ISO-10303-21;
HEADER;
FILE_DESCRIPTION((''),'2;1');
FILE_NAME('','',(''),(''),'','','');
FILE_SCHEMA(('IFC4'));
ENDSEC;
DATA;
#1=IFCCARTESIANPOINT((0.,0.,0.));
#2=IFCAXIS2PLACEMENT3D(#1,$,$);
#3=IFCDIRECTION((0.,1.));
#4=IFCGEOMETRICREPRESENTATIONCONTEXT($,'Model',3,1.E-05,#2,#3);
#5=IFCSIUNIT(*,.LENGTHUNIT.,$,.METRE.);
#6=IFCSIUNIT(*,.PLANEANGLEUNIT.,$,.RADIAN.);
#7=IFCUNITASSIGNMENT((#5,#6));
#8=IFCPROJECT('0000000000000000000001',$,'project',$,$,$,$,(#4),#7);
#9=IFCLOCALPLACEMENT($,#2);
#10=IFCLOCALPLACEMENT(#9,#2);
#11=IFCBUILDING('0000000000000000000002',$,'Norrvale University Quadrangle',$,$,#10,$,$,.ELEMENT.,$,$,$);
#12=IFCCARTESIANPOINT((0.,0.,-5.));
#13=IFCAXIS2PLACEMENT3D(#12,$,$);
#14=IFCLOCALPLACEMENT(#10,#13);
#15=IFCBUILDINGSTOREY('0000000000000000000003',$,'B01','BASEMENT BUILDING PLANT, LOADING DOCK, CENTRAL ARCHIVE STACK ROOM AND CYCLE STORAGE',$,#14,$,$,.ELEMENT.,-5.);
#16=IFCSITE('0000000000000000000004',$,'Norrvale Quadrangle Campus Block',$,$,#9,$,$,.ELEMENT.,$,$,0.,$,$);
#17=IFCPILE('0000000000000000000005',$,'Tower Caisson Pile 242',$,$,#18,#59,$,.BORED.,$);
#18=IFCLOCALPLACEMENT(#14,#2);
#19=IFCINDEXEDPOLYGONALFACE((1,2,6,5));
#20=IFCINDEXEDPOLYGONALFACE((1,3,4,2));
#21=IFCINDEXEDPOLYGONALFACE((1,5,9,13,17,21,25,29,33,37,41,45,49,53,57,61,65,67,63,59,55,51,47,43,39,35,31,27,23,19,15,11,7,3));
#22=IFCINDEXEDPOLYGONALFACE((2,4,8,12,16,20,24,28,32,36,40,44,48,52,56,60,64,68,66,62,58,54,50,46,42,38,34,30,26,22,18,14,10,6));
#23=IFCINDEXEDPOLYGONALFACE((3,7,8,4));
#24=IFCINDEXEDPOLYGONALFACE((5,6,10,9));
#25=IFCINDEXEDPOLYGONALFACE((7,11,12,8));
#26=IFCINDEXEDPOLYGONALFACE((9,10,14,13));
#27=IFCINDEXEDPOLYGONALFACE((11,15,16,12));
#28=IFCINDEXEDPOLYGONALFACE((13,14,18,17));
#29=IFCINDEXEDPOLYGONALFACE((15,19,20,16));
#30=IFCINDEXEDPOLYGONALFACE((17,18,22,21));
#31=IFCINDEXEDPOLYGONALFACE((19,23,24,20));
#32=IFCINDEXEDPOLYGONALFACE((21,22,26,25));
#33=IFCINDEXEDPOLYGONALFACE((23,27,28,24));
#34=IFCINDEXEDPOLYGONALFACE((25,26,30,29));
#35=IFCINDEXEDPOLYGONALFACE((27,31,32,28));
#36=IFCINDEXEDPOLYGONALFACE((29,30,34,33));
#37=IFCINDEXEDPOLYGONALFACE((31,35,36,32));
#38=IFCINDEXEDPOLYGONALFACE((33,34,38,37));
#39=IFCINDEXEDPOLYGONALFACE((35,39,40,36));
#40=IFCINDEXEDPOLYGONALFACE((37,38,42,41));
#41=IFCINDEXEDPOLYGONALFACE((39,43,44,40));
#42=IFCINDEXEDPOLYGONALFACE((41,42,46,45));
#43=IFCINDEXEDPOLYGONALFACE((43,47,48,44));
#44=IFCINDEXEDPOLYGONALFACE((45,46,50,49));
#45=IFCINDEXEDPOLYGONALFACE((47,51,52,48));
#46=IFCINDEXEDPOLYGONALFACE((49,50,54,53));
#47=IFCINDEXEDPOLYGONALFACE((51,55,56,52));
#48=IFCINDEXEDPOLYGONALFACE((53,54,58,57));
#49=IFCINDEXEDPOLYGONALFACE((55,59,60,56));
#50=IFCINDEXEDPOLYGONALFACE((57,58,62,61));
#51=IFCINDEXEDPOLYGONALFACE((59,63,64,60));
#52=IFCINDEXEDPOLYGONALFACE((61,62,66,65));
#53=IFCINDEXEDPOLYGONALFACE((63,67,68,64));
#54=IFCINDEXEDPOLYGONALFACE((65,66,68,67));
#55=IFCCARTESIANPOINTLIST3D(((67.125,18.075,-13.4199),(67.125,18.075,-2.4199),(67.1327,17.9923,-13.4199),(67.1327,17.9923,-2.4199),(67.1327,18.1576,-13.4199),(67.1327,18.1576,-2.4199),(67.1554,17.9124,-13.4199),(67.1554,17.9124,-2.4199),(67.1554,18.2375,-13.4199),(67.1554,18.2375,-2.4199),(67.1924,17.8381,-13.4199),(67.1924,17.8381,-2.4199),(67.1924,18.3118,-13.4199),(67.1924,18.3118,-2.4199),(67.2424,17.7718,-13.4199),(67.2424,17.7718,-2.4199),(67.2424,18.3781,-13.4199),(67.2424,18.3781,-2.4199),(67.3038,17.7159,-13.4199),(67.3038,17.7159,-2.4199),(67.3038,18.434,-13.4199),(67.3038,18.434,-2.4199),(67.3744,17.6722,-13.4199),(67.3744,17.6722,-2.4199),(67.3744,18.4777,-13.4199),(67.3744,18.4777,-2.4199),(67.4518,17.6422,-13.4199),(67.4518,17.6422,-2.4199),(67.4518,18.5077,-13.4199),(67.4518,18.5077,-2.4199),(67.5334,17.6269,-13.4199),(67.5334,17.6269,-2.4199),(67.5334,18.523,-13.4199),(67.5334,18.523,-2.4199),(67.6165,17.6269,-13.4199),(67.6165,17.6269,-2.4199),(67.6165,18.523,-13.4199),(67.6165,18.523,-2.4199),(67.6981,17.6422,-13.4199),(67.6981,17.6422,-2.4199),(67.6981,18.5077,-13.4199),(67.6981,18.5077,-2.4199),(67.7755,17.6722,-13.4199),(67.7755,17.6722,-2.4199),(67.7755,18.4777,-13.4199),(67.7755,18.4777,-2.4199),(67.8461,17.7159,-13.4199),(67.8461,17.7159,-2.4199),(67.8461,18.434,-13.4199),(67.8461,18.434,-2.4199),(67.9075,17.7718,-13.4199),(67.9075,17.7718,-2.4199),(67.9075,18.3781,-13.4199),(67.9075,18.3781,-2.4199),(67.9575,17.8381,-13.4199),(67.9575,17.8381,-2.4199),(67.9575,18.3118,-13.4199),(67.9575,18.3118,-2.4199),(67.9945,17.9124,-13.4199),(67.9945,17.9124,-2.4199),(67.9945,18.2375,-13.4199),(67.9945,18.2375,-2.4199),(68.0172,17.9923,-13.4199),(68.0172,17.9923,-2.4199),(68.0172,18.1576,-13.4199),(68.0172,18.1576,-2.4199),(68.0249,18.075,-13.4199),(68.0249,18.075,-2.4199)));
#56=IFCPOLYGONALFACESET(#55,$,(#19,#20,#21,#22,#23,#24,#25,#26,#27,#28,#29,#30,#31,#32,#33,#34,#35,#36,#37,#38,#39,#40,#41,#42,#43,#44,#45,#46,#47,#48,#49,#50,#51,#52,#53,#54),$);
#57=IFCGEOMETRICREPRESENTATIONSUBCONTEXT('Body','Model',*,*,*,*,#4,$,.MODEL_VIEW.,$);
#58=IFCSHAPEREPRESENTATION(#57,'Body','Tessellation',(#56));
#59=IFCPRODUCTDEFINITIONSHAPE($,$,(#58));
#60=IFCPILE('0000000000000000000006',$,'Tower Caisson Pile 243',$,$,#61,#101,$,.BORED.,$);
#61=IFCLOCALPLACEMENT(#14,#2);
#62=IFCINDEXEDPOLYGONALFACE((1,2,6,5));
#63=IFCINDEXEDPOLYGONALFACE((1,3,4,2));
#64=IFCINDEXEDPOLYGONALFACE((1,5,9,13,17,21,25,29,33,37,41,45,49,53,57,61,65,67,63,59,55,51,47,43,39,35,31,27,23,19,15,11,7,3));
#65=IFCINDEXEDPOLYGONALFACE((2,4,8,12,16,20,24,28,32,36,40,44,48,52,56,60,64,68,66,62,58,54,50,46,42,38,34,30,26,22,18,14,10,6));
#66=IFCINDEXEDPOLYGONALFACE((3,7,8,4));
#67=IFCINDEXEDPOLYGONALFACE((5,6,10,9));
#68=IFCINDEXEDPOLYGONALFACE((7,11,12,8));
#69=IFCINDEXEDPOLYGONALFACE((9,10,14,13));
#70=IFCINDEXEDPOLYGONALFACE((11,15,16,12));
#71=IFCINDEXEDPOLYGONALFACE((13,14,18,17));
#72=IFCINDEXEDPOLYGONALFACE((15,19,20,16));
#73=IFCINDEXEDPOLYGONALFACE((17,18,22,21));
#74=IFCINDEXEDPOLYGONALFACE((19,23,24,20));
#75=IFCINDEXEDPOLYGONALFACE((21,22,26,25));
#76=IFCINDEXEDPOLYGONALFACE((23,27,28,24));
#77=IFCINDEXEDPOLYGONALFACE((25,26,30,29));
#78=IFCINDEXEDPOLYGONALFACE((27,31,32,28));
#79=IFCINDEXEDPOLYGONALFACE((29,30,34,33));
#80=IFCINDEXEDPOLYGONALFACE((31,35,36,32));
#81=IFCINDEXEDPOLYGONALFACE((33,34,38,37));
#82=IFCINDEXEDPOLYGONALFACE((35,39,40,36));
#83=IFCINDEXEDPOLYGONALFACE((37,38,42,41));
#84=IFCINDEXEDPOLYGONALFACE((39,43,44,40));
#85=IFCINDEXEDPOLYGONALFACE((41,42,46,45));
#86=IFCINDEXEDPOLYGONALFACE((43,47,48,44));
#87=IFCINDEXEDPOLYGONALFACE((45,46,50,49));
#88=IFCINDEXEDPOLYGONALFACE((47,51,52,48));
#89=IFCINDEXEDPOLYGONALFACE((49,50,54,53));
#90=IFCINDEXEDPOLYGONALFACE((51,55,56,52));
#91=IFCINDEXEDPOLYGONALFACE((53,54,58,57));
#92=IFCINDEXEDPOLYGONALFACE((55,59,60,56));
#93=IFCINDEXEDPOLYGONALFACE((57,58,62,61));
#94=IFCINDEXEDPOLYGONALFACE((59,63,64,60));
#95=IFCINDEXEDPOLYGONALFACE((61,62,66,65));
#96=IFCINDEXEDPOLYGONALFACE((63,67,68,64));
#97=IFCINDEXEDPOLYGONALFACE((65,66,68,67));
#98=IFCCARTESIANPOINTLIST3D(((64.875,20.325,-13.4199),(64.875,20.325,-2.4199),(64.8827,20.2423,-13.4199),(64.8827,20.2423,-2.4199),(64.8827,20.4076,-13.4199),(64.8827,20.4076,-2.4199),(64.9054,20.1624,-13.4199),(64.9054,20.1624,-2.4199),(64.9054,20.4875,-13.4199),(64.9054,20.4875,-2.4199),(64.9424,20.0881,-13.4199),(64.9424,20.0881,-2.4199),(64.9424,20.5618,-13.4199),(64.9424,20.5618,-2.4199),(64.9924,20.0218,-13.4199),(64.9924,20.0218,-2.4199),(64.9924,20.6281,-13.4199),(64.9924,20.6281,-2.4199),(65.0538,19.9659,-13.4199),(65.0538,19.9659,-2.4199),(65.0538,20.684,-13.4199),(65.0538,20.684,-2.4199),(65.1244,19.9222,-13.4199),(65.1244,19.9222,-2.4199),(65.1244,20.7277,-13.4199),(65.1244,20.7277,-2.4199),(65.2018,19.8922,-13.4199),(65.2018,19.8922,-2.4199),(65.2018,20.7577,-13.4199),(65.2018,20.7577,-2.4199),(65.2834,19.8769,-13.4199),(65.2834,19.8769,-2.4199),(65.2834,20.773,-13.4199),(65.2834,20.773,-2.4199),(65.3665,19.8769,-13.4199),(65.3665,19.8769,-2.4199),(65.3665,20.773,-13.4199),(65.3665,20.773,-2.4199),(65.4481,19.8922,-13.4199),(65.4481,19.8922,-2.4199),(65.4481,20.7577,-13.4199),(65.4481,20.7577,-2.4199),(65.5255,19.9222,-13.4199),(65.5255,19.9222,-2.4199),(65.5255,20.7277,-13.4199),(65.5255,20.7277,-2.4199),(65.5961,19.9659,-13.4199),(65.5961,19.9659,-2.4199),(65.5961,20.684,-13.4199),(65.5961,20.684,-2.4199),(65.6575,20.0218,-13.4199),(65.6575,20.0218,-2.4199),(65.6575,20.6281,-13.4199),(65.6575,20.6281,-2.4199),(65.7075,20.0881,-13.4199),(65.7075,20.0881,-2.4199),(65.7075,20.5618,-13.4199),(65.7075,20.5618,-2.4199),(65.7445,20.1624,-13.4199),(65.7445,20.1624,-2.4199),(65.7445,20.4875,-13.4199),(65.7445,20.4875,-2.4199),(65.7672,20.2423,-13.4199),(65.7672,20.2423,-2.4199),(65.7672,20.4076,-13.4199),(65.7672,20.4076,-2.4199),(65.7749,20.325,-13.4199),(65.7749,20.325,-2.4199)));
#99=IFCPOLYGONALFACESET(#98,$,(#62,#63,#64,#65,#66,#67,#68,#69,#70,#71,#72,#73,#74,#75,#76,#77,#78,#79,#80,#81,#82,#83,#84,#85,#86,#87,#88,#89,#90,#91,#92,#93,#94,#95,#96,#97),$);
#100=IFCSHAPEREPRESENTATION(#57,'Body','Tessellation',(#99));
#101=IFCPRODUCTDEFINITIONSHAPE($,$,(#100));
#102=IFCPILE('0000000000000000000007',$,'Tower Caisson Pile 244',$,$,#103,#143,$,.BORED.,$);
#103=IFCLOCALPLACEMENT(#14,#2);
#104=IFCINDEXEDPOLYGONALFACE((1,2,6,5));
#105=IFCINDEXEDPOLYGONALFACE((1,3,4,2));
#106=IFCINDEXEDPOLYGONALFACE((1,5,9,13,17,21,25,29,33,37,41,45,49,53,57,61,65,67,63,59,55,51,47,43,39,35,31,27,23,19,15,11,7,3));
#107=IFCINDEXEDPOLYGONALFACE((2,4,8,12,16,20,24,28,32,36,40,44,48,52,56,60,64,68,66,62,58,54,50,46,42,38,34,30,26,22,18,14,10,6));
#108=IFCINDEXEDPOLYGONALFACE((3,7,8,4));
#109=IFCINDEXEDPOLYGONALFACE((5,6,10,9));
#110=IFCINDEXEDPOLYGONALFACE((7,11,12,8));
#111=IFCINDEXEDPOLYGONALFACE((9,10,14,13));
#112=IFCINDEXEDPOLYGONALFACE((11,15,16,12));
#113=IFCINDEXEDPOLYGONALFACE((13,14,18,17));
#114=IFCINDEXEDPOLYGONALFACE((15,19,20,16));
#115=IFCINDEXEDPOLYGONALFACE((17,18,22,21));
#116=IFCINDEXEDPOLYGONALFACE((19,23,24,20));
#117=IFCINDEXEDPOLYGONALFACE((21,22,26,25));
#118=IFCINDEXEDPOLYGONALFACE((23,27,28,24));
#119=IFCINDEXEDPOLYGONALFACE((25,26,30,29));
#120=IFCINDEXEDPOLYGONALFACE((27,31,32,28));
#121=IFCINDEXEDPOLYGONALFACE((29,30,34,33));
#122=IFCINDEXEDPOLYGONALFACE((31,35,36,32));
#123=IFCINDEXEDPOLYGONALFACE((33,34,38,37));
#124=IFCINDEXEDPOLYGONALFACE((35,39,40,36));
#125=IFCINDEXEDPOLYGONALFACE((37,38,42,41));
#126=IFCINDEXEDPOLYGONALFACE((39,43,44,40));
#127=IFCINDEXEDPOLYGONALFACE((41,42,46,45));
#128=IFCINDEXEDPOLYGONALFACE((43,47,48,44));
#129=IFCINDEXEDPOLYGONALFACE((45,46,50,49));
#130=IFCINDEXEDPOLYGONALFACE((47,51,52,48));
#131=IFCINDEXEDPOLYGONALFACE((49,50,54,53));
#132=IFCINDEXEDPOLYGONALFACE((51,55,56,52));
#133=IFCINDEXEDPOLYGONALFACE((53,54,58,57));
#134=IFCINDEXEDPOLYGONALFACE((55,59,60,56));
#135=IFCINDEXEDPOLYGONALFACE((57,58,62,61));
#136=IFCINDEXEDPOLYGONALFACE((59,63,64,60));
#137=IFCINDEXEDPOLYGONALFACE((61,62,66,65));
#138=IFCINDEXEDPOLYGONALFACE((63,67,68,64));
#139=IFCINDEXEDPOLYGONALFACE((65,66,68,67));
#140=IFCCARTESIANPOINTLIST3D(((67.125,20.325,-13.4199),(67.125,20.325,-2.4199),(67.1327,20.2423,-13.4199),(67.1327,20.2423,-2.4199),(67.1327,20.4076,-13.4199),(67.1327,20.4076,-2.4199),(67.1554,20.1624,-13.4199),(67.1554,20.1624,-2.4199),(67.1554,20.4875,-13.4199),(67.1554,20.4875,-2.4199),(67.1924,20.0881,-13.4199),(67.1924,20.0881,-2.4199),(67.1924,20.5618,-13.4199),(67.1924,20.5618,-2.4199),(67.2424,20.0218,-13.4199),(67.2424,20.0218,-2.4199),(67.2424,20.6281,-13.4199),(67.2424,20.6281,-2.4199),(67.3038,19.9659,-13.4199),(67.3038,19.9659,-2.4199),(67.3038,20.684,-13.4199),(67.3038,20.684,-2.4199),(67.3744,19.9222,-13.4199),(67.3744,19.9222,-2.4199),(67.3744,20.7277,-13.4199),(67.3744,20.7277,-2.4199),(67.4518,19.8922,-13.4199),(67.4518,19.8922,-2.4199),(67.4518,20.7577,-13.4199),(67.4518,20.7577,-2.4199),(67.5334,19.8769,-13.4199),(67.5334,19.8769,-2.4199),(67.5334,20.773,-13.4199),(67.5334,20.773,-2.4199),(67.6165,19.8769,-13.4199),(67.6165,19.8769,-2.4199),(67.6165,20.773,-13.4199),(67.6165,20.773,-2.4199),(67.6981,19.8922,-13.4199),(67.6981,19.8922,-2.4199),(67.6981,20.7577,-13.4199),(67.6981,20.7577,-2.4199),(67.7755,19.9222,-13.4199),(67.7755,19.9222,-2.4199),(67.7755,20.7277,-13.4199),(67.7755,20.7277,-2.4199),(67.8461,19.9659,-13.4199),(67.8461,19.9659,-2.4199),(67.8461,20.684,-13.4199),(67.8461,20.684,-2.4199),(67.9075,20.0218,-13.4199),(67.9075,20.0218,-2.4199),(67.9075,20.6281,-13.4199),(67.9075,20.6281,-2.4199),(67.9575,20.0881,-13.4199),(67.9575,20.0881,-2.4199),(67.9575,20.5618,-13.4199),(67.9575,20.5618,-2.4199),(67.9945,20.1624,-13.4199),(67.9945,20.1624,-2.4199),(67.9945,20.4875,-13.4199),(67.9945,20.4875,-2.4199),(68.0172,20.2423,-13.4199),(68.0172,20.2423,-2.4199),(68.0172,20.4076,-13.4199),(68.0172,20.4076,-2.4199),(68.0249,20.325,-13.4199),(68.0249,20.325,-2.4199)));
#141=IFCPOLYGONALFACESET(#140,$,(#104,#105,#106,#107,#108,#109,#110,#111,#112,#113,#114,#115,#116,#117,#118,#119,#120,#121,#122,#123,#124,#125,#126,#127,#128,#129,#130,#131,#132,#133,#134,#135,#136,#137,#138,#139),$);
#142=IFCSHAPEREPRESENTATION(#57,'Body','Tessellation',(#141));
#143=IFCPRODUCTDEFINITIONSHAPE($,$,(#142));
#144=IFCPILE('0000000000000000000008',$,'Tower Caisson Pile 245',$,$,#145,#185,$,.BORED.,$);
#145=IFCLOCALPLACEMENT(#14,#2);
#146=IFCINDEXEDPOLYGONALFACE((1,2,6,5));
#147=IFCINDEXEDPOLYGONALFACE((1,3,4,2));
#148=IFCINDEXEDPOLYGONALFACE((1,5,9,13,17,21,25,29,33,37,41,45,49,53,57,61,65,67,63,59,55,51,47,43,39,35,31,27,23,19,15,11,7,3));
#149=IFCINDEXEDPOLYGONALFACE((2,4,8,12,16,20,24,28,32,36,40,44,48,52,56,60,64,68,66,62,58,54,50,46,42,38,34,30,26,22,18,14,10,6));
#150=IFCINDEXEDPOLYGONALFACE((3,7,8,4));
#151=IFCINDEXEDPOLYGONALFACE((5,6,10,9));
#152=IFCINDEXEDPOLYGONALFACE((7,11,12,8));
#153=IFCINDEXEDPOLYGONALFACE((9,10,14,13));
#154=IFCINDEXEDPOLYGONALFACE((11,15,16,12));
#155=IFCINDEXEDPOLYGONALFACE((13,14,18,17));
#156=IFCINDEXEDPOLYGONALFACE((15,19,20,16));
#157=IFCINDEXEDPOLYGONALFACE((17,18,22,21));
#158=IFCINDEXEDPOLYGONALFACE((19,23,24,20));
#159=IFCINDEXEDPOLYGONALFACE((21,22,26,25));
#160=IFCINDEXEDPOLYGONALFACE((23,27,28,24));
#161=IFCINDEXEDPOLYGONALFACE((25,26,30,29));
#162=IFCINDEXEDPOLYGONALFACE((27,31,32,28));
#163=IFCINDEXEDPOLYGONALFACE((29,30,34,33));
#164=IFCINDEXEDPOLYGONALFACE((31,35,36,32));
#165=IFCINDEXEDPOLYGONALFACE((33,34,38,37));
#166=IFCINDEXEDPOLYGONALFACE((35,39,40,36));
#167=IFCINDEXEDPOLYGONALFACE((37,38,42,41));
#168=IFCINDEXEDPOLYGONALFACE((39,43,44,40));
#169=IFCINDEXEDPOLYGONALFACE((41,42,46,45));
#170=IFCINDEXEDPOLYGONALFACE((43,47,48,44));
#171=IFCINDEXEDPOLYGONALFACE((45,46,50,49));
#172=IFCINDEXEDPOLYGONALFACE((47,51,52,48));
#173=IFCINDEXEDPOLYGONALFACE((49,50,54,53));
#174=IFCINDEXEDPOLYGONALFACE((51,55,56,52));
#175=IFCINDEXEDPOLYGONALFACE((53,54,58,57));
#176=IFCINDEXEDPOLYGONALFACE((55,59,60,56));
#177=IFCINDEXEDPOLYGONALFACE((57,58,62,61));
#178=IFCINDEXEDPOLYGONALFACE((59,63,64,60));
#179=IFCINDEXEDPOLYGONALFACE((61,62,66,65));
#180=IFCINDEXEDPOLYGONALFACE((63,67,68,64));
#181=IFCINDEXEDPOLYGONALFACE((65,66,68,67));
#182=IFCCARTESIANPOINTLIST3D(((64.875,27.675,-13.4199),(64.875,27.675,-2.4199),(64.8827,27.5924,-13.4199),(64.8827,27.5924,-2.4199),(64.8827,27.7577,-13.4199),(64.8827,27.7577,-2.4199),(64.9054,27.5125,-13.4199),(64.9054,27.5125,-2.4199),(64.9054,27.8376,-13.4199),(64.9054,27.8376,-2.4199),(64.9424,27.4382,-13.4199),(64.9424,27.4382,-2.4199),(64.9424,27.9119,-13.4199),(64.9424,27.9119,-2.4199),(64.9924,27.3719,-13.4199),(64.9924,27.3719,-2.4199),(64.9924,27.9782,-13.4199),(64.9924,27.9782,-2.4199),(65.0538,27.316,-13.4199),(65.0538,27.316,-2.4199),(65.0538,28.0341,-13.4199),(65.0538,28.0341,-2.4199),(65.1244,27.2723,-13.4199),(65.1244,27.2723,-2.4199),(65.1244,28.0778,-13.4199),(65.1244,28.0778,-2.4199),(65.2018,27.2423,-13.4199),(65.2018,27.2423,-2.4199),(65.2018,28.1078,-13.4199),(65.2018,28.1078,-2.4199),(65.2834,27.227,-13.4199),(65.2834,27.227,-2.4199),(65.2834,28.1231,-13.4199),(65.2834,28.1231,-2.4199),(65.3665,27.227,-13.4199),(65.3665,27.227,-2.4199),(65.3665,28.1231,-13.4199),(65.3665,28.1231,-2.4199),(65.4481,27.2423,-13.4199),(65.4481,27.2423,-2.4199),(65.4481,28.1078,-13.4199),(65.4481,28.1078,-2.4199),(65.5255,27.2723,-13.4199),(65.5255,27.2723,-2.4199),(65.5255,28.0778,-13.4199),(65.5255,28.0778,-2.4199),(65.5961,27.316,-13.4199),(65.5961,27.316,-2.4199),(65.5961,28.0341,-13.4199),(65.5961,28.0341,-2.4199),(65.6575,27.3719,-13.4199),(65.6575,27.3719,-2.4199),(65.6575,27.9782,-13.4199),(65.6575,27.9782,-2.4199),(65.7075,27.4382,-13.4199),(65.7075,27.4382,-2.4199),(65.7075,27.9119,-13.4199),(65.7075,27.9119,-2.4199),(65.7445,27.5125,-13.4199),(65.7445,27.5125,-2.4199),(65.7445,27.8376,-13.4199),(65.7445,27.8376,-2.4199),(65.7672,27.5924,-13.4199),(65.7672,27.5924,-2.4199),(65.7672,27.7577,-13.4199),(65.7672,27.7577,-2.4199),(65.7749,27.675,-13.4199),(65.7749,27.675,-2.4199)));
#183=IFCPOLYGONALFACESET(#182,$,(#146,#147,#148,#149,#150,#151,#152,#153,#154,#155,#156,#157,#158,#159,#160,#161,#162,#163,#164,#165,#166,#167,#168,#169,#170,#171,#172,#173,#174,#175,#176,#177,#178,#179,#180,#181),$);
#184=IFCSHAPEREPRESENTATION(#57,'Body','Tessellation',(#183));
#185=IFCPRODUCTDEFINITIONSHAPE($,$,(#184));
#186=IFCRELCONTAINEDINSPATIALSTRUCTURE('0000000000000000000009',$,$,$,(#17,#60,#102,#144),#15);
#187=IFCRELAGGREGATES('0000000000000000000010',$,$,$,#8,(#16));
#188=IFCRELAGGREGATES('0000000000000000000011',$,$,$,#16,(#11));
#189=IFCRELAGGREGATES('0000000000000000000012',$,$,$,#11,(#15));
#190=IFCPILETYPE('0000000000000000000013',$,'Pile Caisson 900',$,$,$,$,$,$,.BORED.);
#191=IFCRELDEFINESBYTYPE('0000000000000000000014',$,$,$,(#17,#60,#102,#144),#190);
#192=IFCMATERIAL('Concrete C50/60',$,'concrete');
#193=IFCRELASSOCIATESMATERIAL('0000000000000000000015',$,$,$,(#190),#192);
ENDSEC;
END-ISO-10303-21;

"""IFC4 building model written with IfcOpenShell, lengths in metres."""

from ifc_helpers import new_model, si_unit, direction, frame, origin, origin_2d, place, context, subcontext, project, spatial, circle, extrude, material, material_profile, profile_set, type_object, element, save


model = new_model("IFC4")

# Units and contexts
model_context = context("Model", 3, precision=1e-05, world=origin(), true_north=direction((0.0, 1.0)))
body_context = subcontext(model_context, "Body", "Model", "MODEL_VIEW")
ifc_project = project(units=[si_unit("LENGTHUNIT", "METRE"), si_unit("PLANEANGLEUNIT", "RADIAN")], contexts=[model_context])

# Site, building, storey
site_placement = place(None, origin())
site = spatial("IfcSite", under=ifc_project, at=site_placement, Name="Norrvale Quadrangle Campus Block", CompositionType="ELEMENT", RefElevation=0.0)
building_placement = place(site_placement, origin())
building = spatial("IfcBuilding", under=site, at=building_placement, Name="Norrvale University Quadrangle", CompositionType="ELEMENT")
storey_placement = place(building_placement, frame((0.0, 0.0, -5.0)))
storey = spatial("IfcBuildingStorey", under=building, at=storey_placement, Name="B01", Description="BASEMENT BUILDING PLANT, LOADING DOCK, CENTRAL ARCHIVE STACK ROOM AND CYCLE STORAGE", CompositionType="ELEMENT", Elevation=-5.0)

# Shared definitions
ifc_material_1 = material(Name="Concrete C50/60", Category="concrete")

# Piles
ifc_material_profile_1 = material_profile(ifc_material_1, circle(Radius=0.45, at=origin_2d()), Name="Concrete C50/60")
ifc_profile_set_1 = profile_set([ifc_material_profile_1], Name="Concrete C50/60")
pile_type = type_object("IfcPileType", Name="Pile Caisson 900", PredefinedType="BORED", material=ifc_profile_set_1)
for number, where, z_axis, x_axis, name in (
    (1, (67.575, 18.075, -2.4199), (0.0, 0.0, -1.0), (1.0, 0.0, 0.0), "Tower Caisson Pile 242"),
    (2, (65.325, 20.325, -2.4199), (0.0, 0.0, -1.0), (1.0, 0.0, 0.0), "Tower Caisson Pile 243"),
    (3, (67.575, 20.325, -2.4199), (0.0, 0.0, -1.0), (1.0, 0.0, 0.0), "Tower Caisson Pile 244"),
    (4, (65.325, 27.675, -2.4199), (0.0, 0.0, -1.0), (1.0, 0.0, 0.0), "Tower Caisson Pile 245"),
):
    element("IfcPile", number, at=place(storey_placement, frame(where, z_axis=z_axis, x_axis=x_axis)), inside=storey, type_object=pile_type, Name=name, PredefinedType="BORED", context=body_context, shape_type="SweptSolid", body=[
        extrude(circle(Radius=0.45, at=origin_2d()), origin(), (0.0, 0.0, 1.0), 11.0),
    ])

save(model, "model.ifc")
